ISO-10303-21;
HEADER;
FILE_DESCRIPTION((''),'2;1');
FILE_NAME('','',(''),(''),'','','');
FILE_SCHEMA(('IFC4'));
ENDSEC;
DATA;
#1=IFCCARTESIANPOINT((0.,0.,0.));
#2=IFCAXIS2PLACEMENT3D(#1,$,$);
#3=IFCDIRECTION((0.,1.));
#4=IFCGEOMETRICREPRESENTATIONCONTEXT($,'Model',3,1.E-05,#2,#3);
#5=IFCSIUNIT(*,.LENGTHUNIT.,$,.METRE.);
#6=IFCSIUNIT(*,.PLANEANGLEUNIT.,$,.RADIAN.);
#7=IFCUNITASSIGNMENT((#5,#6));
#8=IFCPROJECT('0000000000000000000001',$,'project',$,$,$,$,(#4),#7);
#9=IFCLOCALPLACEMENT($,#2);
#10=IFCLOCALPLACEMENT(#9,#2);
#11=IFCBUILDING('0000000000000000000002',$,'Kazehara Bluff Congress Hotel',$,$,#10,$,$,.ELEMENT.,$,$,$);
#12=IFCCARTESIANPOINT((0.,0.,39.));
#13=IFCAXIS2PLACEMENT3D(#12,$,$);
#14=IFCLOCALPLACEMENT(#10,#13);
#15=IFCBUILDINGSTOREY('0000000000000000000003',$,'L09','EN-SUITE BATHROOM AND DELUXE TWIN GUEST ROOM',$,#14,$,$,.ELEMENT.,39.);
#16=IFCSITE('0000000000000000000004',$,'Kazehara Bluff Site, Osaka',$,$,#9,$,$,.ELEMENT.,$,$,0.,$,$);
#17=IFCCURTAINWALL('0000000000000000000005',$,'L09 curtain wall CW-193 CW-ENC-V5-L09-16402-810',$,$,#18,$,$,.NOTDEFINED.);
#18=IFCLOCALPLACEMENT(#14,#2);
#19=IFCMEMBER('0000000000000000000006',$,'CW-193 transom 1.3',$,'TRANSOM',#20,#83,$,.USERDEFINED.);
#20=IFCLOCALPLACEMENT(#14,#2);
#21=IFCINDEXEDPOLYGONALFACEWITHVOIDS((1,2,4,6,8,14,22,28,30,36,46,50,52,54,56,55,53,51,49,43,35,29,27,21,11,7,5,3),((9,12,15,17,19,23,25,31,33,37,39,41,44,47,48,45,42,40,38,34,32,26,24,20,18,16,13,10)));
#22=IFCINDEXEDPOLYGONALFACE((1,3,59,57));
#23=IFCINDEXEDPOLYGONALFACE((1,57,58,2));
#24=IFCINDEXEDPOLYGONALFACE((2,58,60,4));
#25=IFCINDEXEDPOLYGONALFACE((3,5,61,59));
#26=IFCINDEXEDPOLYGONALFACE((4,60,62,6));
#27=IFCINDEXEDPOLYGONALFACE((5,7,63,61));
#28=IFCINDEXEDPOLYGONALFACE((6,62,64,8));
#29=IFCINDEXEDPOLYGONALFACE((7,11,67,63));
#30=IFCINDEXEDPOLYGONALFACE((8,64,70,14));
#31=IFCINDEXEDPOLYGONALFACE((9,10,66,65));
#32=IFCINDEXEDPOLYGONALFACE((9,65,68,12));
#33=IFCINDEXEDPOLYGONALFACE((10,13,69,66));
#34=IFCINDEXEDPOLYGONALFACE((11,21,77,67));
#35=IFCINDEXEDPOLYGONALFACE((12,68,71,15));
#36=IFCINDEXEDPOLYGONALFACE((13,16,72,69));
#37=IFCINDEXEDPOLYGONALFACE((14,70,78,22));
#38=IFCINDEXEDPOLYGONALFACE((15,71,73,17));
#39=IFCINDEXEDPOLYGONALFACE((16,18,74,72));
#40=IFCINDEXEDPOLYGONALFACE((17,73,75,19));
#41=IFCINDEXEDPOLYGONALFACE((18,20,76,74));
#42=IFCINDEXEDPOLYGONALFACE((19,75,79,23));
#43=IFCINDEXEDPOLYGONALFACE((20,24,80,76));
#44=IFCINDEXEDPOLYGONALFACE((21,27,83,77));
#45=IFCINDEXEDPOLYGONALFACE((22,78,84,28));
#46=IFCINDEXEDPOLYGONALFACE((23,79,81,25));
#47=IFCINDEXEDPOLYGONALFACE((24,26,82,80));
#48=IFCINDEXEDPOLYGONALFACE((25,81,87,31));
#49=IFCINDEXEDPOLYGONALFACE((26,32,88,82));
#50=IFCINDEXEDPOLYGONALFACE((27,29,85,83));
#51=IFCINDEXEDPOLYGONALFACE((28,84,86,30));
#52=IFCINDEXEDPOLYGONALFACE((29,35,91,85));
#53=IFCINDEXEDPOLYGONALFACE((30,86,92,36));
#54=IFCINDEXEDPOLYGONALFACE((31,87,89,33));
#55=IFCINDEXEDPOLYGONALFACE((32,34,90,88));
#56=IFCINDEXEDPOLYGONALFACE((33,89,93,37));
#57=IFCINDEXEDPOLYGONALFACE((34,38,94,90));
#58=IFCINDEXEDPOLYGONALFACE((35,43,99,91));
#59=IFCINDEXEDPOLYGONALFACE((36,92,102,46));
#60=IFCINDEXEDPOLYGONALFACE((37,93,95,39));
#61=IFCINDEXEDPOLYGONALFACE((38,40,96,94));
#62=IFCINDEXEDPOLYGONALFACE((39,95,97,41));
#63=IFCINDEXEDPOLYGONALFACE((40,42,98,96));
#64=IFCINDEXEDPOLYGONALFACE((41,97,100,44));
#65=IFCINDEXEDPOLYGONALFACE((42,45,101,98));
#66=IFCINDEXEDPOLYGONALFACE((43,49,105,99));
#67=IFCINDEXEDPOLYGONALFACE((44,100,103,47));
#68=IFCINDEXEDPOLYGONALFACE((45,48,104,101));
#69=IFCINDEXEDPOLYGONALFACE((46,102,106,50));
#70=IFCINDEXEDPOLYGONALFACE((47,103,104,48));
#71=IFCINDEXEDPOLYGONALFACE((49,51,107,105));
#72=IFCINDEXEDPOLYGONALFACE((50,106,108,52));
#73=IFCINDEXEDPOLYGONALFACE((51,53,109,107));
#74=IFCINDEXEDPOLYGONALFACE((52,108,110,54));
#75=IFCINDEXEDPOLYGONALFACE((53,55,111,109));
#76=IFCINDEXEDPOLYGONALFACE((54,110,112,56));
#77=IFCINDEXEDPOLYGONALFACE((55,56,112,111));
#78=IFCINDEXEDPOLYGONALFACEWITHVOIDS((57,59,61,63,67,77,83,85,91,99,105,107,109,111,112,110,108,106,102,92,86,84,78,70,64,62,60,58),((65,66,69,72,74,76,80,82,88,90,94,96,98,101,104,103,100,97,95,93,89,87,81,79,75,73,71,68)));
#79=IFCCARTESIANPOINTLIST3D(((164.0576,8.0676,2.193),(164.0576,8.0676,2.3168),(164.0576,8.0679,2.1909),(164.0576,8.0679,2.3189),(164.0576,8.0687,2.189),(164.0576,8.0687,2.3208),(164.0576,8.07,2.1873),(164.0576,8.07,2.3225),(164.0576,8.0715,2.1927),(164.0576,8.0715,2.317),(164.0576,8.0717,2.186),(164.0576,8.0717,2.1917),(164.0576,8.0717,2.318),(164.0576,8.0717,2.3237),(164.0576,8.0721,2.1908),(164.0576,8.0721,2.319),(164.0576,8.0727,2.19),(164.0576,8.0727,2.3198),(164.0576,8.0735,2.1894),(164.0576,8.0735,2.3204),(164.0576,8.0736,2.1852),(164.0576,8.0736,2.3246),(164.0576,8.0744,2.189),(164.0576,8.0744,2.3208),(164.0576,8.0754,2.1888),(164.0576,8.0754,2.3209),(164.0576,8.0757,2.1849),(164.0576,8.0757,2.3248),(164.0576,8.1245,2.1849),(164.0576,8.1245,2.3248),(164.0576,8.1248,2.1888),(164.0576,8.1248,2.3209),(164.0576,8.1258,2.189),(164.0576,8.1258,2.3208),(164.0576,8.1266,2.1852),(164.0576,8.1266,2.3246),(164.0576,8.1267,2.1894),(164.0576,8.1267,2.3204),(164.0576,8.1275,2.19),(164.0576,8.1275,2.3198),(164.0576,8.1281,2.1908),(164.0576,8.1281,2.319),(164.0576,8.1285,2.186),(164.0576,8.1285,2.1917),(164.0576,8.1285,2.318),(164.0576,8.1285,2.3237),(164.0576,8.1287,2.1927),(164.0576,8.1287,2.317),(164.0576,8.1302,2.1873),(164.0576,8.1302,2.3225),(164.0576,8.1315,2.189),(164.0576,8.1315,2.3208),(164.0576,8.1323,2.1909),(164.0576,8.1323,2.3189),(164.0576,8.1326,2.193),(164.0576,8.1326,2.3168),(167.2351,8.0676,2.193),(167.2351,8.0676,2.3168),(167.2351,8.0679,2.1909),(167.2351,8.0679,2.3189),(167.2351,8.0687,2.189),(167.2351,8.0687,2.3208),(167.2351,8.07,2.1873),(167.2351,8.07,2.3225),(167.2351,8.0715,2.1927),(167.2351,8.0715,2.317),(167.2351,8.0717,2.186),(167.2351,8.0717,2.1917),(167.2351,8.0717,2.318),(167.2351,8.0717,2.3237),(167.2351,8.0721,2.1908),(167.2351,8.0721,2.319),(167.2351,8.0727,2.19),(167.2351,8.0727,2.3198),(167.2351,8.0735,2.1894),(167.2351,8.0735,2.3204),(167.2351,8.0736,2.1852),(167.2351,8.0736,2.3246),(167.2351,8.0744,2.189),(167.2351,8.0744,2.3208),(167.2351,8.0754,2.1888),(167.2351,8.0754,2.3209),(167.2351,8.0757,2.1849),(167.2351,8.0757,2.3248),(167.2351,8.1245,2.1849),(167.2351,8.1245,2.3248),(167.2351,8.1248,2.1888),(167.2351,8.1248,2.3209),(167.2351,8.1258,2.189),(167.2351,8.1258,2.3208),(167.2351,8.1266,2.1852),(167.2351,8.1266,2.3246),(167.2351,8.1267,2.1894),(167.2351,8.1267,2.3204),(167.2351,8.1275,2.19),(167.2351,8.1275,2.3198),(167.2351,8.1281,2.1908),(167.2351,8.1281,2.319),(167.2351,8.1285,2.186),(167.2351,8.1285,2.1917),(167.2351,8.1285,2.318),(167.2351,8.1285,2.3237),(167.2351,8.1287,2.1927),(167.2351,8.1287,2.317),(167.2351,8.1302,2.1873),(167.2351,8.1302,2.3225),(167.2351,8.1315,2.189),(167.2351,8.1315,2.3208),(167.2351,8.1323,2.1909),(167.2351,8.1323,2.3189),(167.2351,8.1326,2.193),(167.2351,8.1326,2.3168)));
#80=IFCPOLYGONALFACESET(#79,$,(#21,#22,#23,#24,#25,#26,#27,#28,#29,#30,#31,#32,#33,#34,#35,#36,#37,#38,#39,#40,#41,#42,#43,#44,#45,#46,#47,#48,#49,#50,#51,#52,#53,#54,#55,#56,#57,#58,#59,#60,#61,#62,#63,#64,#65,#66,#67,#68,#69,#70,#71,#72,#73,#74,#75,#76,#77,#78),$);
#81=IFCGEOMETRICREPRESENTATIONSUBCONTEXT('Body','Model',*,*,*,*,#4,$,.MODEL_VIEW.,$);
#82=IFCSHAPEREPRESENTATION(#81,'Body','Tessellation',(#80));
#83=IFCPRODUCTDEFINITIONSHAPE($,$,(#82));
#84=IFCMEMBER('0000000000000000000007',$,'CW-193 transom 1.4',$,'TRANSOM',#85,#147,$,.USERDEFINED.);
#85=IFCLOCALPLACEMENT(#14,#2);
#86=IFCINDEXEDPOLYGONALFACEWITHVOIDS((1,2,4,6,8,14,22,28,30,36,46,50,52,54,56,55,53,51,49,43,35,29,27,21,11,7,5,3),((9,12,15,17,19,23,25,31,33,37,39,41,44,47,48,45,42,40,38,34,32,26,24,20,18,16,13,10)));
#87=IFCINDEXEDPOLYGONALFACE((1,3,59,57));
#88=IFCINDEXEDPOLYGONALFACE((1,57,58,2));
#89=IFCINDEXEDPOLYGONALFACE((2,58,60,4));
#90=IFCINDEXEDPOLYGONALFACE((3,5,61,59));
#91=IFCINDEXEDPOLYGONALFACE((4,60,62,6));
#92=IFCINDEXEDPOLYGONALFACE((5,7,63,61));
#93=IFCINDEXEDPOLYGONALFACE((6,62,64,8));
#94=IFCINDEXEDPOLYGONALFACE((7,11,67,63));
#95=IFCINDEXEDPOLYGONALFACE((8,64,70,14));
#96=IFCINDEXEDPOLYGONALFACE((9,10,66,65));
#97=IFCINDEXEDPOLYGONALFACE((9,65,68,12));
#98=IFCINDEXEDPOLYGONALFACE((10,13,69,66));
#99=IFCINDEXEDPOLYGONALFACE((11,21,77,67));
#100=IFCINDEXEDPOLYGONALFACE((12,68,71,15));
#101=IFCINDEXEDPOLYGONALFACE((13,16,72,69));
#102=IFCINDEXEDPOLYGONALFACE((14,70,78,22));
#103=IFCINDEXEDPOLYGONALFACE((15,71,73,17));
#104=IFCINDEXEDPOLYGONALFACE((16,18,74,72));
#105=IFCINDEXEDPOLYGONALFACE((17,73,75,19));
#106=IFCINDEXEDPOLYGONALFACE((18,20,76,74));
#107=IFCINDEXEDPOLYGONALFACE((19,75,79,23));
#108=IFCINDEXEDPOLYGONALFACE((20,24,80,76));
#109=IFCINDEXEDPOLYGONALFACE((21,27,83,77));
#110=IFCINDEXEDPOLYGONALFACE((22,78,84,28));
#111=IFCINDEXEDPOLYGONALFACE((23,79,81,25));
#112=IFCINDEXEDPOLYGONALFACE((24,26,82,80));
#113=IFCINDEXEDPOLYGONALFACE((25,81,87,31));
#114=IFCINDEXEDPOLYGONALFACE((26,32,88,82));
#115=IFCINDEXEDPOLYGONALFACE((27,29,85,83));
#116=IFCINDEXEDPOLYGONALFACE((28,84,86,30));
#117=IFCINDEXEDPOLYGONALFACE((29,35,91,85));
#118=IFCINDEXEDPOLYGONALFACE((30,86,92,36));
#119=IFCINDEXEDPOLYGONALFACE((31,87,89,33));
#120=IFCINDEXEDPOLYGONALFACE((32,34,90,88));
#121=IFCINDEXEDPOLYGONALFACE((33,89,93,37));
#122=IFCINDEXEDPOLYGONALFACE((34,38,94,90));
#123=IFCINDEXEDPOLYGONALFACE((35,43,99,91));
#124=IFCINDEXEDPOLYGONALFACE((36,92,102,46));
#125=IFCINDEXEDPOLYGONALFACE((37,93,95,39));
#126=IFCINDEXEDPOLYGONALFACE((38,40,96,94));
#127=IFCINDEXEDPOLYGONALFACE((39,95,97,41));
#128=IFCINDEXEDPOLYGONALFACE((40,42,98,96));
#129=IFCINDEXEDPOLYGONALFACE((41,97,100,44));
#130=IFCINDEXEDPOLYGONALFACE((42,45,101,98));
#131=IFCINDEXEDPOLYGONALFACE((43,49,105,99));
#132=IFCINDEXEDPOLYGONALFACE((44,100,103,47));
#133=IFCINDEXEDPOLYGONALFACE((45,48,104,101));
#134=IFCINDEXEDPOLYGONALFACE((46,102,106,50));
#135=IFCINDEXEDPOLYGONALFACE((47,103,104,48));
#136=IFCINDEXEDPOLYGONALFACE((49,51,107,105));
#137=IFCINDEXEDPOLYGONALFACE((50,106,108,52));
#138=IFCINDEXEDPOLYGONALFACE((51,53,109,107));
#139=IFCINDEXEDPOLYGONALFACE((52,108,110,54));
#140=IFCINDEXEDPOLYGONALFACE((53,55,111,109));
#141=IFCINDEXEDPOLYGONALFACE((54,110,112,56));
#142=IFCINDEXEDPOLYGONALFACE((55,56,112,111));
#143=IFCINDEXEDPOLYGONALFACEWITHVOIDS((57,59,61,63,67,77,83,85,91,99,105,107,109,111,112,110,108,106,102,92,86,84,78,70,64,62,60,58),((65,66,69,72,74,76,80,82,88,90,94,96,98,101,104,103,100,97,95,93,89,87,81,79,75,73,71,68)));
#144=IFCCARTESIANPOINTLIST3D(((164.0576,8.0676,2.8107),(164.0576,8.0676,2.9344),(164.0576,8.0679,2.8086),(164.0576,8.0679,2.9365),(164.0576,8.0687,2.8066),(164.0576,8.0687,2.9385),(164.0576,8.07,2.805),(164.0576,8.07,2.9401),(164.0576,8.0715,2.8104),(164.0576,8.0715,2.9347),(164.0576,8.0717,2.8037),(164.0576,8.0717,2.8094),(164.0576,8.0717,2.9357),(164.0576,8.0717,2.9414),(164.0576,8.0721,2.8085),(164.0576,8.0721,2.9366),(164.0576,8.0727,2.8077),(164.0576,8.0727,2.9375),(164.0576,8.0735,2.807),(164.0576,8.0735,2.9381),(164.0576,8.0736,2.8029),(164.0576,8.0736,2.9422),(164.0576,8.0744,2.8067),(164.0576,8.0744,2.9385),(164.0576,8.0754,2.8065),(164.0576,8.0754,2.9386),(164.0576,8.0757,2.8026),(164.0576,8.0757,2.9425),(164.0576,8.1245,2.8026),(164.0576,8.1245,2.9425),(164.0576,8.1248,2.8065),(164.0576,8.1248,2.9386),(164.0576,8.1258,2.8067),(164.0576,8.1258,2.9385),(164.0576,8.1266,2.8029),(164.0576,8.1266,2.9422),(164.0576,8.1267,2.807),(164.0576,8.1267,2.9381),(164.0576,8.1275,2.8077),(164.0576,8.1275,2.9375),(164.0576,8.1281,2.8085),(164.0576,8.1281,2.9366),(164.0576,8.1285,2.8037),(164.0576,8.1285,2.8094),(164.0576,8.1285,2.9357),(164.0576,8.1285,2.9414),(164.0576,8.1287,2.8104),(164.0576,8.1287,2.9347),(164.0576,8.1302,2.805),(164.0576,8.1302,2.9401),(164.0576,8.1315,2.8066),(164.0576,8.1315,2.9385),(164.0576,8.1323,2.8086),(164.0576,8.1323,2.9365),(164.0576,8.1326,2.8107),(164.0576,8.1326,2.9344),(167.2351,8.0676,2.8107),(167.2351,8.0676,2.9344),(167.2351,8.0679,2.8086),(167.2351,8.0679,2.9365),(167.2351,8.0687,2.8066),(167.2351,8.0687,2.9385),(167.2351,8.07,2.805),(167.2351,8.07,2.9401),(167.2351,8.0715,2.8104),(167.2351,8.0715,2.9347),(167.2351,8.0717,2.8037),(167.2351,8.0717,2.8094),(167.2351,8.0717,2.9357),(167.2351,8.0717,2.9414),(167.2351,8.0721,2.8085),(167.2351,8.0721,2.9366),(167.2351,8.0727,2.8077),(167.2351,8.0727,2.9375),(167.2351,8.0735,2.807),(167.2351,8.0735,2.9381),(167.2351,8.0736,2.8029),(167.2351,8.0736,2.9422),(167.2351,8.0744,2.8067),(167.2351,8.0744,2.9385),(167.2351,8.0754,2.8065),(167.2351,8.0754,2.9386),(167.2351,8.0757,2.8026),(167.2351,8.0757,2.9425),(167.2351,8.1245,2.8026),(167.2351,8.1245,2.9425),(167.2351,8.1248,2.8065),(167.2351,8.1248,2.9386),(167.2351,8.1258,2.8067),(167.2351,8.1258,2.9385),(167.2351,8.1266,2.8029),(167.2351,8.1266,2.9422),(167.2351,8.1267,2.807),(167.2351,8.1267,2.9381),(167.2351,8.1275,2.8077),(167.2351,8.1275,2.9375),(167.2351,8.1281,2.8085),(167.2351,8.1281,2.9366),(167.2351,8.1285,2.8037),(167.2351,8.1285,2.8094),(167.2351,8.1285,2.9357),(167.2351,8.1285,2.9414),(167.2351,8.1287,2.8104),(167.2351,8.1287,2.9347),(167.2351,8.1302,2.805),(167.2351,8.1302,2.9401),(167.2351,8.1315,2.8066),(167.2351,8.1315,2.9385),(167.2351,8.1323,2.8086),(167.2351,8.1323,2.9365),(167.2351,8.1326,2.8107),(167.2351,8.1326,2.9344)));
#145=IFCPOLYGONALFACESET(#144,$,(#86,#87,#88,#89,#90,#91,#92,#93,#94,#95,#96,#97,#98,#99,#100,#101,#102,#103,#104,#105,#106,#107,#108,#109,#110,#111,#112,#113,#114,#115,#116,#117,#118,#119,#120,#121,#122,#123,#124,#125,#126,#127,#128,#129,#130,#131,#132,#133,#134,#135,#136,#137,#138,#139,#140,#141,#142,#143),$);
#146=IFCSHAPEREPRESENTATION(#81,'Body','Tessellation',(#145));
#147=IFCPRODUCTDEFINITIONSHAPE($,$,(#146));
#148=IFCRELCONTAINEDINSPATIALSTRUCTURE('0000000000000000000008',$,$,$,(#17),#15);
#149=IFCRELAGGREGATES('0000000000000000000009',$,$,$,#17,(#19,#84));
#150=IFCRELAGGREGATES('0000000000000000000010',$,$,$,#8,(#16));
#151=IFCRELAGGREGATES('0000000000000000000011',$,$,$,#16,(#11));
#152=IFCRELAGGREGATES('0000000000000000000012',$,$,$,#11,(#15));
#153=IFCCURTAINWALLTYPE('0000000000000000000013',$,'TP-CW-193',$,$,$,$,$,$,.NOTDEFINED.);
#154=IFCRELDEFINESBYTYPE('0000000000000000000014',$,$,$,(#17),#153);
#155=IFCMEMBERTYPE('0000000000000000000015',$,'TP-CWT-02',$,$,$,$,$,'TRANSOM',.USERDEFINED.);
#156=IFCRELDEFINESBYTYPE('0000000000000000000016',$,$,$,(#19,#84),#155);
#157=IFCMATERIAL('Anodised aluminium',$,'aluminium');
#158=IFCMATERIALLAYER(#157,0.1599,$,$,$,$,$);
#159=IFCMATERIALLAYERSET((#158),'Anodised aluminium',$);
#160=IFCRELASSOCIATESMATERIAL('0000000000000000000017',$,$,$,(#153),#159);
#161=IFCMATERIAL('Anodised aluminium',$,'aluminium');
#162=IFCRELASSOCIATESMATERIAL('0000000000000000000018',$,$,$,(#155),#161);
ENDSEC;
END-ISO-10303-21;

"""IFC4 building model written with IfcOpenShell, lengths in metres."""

from ifc_helpers import new_model, si_unit, direction, frame, origin, origin_2d, place, context, subcontext, project, spatial, hollow_rectangle, extrude, material, layer, layer_set, material_profile, profile_set, type_object, element, aggregate, save


model = new_model("IFC4")

# Units and contexts
model_context = context("Model", 3, precision=1e-05, world=origin(), true_north=direction((0.0, 1.0)))
body_context = subcontext(model_context, "Body", "Model", "MODEL_VIEW")
ifc_project = project(units=[si_unit("LENGTHUNIT", "METRE"), si_unit("PLANEANGLEUNIT", "RADIAN")], contexts=[model_context])

# Site, building, storey
site_placement = place(None, origin())
site = spatial("IfcSite", under=ifc_project, at=site_placement, Name="Kazehara Bluff Site, Osaka", CompositionType="ELEMENT", RefElevation=0.0)
building_placement = place(site_placement, origin())
building = spatial("IfcBuilding", under=site, at=building_placement, Name="Kazehara Bluff Congress Hotel", CompositionType="ELEMENT")
storey_placement = place(building_placement, frame((0.0, 0.0, 39.0)))
storey = spatial("IfcBuildingStorey", under=building, at=storey_placement, Name="L09", Description="EN-SUITE BATHROOM AND DELUXE TWIN GUEST ROOM", CompositionType="ELEMENT", Elevation=39.0)

# Curtain wall, members
ifc_material_1 = material(Name="Anodised aluminium", Category="aluminium")
ifc_layer_1 = layer(ifc_material_1, 0.1599)
ifc_layer_set_1 = layer_set([ifc_layer_1], Name="Anodised aluminium")
curtain_wall_type = type_object("IfcCurtainWallType", Name="TP-CW-193", PredefinedType="NOTDEFINED", material=ifc_layer_set_1)
curtain_wall_placement = place(storey_placement, origin())
curtain_wall = element("IfcCurtainWall", 1, at=curtain_wall_placement, inside=storey, type_object=curtain_wall_type, Name="L09 curtain wall CW-193 CW-ENC-V5-L09-16402-810", PredefinedType="NOTDEFINED")
ifc_material_2 = material(Name="Anodised aluminium", Category="aluminium")
ifc_material_profile_1 = material_profile(ifc_material_2, hollow_rectangle(XDim=0.0649, YDim=0.1399, WallThickness=0.0039, InnerFilletRadius=0.0039, OuterFilletRadius=0.0081, at=origin_2d()))
ifc_profile_set_1 = profile_set([ifc_material_profile_1], Name="Anodised aluminium")
member_type_1 = type_object("IfcMemberType", Name="TP-CWT-02", ElementType="TRANSOM", PredefinedType="USERDEFINED", material=ifc_profile_set_1)
member_1_placement = place(storey_placement, frame((167.2351, 8.1001, 2.2549), z_axis=(-1.0, 0.0, 0.0), x_axis=(0.0, -1.0, 0.0)))
member_1 = element("IfcMember", 2, at=member_1_placement, type_object=member_type_1, Name="CW-193 transom 1.3", ObjectType="TRANSOM", PredefinedType="USERDEFINED", context=body_context, shape_type="SweptSolid", body=[
    extrude(hollow_rectangle(XDim=0.0649, YDim=0.1399, WallThickness=0.0039, InnerFilletRadius=0.0039, OuterFilletRadius=0.0081, at=origin_2d()), origin(), (0.0, 0.0, 1.0), 3.1775),
])
member_2_placement = place(storey_placement, frame((167.2351, 8.1001, 2.8726), z_axis=(-1.0, 0.0, 0.0), x_axis=(0.0, -1.0, 0.0)))
member_2 = element("IfcMember", 3, at=member_2_placement, type_object=member_type_1, Name="CW-193 transom 1.4", ObjectType="TRANSOM", PredefinedType="USERDEFINED", context=body_context, shape_type="SweptSolid", body=[
    extrude(hollow_rectangle(XDim=0.0649, YDim=0.1399, WallThickness=0.0039, InnerFilletRadius=0.0039, OuterFilletRadius=0.0081, at=origin_2d()), origin(), (0.0, 0.0, 1.0), 3.1775),
])

aggregate(curtain_wall, [member_1, member_2])

save(model, "model.ifc")
